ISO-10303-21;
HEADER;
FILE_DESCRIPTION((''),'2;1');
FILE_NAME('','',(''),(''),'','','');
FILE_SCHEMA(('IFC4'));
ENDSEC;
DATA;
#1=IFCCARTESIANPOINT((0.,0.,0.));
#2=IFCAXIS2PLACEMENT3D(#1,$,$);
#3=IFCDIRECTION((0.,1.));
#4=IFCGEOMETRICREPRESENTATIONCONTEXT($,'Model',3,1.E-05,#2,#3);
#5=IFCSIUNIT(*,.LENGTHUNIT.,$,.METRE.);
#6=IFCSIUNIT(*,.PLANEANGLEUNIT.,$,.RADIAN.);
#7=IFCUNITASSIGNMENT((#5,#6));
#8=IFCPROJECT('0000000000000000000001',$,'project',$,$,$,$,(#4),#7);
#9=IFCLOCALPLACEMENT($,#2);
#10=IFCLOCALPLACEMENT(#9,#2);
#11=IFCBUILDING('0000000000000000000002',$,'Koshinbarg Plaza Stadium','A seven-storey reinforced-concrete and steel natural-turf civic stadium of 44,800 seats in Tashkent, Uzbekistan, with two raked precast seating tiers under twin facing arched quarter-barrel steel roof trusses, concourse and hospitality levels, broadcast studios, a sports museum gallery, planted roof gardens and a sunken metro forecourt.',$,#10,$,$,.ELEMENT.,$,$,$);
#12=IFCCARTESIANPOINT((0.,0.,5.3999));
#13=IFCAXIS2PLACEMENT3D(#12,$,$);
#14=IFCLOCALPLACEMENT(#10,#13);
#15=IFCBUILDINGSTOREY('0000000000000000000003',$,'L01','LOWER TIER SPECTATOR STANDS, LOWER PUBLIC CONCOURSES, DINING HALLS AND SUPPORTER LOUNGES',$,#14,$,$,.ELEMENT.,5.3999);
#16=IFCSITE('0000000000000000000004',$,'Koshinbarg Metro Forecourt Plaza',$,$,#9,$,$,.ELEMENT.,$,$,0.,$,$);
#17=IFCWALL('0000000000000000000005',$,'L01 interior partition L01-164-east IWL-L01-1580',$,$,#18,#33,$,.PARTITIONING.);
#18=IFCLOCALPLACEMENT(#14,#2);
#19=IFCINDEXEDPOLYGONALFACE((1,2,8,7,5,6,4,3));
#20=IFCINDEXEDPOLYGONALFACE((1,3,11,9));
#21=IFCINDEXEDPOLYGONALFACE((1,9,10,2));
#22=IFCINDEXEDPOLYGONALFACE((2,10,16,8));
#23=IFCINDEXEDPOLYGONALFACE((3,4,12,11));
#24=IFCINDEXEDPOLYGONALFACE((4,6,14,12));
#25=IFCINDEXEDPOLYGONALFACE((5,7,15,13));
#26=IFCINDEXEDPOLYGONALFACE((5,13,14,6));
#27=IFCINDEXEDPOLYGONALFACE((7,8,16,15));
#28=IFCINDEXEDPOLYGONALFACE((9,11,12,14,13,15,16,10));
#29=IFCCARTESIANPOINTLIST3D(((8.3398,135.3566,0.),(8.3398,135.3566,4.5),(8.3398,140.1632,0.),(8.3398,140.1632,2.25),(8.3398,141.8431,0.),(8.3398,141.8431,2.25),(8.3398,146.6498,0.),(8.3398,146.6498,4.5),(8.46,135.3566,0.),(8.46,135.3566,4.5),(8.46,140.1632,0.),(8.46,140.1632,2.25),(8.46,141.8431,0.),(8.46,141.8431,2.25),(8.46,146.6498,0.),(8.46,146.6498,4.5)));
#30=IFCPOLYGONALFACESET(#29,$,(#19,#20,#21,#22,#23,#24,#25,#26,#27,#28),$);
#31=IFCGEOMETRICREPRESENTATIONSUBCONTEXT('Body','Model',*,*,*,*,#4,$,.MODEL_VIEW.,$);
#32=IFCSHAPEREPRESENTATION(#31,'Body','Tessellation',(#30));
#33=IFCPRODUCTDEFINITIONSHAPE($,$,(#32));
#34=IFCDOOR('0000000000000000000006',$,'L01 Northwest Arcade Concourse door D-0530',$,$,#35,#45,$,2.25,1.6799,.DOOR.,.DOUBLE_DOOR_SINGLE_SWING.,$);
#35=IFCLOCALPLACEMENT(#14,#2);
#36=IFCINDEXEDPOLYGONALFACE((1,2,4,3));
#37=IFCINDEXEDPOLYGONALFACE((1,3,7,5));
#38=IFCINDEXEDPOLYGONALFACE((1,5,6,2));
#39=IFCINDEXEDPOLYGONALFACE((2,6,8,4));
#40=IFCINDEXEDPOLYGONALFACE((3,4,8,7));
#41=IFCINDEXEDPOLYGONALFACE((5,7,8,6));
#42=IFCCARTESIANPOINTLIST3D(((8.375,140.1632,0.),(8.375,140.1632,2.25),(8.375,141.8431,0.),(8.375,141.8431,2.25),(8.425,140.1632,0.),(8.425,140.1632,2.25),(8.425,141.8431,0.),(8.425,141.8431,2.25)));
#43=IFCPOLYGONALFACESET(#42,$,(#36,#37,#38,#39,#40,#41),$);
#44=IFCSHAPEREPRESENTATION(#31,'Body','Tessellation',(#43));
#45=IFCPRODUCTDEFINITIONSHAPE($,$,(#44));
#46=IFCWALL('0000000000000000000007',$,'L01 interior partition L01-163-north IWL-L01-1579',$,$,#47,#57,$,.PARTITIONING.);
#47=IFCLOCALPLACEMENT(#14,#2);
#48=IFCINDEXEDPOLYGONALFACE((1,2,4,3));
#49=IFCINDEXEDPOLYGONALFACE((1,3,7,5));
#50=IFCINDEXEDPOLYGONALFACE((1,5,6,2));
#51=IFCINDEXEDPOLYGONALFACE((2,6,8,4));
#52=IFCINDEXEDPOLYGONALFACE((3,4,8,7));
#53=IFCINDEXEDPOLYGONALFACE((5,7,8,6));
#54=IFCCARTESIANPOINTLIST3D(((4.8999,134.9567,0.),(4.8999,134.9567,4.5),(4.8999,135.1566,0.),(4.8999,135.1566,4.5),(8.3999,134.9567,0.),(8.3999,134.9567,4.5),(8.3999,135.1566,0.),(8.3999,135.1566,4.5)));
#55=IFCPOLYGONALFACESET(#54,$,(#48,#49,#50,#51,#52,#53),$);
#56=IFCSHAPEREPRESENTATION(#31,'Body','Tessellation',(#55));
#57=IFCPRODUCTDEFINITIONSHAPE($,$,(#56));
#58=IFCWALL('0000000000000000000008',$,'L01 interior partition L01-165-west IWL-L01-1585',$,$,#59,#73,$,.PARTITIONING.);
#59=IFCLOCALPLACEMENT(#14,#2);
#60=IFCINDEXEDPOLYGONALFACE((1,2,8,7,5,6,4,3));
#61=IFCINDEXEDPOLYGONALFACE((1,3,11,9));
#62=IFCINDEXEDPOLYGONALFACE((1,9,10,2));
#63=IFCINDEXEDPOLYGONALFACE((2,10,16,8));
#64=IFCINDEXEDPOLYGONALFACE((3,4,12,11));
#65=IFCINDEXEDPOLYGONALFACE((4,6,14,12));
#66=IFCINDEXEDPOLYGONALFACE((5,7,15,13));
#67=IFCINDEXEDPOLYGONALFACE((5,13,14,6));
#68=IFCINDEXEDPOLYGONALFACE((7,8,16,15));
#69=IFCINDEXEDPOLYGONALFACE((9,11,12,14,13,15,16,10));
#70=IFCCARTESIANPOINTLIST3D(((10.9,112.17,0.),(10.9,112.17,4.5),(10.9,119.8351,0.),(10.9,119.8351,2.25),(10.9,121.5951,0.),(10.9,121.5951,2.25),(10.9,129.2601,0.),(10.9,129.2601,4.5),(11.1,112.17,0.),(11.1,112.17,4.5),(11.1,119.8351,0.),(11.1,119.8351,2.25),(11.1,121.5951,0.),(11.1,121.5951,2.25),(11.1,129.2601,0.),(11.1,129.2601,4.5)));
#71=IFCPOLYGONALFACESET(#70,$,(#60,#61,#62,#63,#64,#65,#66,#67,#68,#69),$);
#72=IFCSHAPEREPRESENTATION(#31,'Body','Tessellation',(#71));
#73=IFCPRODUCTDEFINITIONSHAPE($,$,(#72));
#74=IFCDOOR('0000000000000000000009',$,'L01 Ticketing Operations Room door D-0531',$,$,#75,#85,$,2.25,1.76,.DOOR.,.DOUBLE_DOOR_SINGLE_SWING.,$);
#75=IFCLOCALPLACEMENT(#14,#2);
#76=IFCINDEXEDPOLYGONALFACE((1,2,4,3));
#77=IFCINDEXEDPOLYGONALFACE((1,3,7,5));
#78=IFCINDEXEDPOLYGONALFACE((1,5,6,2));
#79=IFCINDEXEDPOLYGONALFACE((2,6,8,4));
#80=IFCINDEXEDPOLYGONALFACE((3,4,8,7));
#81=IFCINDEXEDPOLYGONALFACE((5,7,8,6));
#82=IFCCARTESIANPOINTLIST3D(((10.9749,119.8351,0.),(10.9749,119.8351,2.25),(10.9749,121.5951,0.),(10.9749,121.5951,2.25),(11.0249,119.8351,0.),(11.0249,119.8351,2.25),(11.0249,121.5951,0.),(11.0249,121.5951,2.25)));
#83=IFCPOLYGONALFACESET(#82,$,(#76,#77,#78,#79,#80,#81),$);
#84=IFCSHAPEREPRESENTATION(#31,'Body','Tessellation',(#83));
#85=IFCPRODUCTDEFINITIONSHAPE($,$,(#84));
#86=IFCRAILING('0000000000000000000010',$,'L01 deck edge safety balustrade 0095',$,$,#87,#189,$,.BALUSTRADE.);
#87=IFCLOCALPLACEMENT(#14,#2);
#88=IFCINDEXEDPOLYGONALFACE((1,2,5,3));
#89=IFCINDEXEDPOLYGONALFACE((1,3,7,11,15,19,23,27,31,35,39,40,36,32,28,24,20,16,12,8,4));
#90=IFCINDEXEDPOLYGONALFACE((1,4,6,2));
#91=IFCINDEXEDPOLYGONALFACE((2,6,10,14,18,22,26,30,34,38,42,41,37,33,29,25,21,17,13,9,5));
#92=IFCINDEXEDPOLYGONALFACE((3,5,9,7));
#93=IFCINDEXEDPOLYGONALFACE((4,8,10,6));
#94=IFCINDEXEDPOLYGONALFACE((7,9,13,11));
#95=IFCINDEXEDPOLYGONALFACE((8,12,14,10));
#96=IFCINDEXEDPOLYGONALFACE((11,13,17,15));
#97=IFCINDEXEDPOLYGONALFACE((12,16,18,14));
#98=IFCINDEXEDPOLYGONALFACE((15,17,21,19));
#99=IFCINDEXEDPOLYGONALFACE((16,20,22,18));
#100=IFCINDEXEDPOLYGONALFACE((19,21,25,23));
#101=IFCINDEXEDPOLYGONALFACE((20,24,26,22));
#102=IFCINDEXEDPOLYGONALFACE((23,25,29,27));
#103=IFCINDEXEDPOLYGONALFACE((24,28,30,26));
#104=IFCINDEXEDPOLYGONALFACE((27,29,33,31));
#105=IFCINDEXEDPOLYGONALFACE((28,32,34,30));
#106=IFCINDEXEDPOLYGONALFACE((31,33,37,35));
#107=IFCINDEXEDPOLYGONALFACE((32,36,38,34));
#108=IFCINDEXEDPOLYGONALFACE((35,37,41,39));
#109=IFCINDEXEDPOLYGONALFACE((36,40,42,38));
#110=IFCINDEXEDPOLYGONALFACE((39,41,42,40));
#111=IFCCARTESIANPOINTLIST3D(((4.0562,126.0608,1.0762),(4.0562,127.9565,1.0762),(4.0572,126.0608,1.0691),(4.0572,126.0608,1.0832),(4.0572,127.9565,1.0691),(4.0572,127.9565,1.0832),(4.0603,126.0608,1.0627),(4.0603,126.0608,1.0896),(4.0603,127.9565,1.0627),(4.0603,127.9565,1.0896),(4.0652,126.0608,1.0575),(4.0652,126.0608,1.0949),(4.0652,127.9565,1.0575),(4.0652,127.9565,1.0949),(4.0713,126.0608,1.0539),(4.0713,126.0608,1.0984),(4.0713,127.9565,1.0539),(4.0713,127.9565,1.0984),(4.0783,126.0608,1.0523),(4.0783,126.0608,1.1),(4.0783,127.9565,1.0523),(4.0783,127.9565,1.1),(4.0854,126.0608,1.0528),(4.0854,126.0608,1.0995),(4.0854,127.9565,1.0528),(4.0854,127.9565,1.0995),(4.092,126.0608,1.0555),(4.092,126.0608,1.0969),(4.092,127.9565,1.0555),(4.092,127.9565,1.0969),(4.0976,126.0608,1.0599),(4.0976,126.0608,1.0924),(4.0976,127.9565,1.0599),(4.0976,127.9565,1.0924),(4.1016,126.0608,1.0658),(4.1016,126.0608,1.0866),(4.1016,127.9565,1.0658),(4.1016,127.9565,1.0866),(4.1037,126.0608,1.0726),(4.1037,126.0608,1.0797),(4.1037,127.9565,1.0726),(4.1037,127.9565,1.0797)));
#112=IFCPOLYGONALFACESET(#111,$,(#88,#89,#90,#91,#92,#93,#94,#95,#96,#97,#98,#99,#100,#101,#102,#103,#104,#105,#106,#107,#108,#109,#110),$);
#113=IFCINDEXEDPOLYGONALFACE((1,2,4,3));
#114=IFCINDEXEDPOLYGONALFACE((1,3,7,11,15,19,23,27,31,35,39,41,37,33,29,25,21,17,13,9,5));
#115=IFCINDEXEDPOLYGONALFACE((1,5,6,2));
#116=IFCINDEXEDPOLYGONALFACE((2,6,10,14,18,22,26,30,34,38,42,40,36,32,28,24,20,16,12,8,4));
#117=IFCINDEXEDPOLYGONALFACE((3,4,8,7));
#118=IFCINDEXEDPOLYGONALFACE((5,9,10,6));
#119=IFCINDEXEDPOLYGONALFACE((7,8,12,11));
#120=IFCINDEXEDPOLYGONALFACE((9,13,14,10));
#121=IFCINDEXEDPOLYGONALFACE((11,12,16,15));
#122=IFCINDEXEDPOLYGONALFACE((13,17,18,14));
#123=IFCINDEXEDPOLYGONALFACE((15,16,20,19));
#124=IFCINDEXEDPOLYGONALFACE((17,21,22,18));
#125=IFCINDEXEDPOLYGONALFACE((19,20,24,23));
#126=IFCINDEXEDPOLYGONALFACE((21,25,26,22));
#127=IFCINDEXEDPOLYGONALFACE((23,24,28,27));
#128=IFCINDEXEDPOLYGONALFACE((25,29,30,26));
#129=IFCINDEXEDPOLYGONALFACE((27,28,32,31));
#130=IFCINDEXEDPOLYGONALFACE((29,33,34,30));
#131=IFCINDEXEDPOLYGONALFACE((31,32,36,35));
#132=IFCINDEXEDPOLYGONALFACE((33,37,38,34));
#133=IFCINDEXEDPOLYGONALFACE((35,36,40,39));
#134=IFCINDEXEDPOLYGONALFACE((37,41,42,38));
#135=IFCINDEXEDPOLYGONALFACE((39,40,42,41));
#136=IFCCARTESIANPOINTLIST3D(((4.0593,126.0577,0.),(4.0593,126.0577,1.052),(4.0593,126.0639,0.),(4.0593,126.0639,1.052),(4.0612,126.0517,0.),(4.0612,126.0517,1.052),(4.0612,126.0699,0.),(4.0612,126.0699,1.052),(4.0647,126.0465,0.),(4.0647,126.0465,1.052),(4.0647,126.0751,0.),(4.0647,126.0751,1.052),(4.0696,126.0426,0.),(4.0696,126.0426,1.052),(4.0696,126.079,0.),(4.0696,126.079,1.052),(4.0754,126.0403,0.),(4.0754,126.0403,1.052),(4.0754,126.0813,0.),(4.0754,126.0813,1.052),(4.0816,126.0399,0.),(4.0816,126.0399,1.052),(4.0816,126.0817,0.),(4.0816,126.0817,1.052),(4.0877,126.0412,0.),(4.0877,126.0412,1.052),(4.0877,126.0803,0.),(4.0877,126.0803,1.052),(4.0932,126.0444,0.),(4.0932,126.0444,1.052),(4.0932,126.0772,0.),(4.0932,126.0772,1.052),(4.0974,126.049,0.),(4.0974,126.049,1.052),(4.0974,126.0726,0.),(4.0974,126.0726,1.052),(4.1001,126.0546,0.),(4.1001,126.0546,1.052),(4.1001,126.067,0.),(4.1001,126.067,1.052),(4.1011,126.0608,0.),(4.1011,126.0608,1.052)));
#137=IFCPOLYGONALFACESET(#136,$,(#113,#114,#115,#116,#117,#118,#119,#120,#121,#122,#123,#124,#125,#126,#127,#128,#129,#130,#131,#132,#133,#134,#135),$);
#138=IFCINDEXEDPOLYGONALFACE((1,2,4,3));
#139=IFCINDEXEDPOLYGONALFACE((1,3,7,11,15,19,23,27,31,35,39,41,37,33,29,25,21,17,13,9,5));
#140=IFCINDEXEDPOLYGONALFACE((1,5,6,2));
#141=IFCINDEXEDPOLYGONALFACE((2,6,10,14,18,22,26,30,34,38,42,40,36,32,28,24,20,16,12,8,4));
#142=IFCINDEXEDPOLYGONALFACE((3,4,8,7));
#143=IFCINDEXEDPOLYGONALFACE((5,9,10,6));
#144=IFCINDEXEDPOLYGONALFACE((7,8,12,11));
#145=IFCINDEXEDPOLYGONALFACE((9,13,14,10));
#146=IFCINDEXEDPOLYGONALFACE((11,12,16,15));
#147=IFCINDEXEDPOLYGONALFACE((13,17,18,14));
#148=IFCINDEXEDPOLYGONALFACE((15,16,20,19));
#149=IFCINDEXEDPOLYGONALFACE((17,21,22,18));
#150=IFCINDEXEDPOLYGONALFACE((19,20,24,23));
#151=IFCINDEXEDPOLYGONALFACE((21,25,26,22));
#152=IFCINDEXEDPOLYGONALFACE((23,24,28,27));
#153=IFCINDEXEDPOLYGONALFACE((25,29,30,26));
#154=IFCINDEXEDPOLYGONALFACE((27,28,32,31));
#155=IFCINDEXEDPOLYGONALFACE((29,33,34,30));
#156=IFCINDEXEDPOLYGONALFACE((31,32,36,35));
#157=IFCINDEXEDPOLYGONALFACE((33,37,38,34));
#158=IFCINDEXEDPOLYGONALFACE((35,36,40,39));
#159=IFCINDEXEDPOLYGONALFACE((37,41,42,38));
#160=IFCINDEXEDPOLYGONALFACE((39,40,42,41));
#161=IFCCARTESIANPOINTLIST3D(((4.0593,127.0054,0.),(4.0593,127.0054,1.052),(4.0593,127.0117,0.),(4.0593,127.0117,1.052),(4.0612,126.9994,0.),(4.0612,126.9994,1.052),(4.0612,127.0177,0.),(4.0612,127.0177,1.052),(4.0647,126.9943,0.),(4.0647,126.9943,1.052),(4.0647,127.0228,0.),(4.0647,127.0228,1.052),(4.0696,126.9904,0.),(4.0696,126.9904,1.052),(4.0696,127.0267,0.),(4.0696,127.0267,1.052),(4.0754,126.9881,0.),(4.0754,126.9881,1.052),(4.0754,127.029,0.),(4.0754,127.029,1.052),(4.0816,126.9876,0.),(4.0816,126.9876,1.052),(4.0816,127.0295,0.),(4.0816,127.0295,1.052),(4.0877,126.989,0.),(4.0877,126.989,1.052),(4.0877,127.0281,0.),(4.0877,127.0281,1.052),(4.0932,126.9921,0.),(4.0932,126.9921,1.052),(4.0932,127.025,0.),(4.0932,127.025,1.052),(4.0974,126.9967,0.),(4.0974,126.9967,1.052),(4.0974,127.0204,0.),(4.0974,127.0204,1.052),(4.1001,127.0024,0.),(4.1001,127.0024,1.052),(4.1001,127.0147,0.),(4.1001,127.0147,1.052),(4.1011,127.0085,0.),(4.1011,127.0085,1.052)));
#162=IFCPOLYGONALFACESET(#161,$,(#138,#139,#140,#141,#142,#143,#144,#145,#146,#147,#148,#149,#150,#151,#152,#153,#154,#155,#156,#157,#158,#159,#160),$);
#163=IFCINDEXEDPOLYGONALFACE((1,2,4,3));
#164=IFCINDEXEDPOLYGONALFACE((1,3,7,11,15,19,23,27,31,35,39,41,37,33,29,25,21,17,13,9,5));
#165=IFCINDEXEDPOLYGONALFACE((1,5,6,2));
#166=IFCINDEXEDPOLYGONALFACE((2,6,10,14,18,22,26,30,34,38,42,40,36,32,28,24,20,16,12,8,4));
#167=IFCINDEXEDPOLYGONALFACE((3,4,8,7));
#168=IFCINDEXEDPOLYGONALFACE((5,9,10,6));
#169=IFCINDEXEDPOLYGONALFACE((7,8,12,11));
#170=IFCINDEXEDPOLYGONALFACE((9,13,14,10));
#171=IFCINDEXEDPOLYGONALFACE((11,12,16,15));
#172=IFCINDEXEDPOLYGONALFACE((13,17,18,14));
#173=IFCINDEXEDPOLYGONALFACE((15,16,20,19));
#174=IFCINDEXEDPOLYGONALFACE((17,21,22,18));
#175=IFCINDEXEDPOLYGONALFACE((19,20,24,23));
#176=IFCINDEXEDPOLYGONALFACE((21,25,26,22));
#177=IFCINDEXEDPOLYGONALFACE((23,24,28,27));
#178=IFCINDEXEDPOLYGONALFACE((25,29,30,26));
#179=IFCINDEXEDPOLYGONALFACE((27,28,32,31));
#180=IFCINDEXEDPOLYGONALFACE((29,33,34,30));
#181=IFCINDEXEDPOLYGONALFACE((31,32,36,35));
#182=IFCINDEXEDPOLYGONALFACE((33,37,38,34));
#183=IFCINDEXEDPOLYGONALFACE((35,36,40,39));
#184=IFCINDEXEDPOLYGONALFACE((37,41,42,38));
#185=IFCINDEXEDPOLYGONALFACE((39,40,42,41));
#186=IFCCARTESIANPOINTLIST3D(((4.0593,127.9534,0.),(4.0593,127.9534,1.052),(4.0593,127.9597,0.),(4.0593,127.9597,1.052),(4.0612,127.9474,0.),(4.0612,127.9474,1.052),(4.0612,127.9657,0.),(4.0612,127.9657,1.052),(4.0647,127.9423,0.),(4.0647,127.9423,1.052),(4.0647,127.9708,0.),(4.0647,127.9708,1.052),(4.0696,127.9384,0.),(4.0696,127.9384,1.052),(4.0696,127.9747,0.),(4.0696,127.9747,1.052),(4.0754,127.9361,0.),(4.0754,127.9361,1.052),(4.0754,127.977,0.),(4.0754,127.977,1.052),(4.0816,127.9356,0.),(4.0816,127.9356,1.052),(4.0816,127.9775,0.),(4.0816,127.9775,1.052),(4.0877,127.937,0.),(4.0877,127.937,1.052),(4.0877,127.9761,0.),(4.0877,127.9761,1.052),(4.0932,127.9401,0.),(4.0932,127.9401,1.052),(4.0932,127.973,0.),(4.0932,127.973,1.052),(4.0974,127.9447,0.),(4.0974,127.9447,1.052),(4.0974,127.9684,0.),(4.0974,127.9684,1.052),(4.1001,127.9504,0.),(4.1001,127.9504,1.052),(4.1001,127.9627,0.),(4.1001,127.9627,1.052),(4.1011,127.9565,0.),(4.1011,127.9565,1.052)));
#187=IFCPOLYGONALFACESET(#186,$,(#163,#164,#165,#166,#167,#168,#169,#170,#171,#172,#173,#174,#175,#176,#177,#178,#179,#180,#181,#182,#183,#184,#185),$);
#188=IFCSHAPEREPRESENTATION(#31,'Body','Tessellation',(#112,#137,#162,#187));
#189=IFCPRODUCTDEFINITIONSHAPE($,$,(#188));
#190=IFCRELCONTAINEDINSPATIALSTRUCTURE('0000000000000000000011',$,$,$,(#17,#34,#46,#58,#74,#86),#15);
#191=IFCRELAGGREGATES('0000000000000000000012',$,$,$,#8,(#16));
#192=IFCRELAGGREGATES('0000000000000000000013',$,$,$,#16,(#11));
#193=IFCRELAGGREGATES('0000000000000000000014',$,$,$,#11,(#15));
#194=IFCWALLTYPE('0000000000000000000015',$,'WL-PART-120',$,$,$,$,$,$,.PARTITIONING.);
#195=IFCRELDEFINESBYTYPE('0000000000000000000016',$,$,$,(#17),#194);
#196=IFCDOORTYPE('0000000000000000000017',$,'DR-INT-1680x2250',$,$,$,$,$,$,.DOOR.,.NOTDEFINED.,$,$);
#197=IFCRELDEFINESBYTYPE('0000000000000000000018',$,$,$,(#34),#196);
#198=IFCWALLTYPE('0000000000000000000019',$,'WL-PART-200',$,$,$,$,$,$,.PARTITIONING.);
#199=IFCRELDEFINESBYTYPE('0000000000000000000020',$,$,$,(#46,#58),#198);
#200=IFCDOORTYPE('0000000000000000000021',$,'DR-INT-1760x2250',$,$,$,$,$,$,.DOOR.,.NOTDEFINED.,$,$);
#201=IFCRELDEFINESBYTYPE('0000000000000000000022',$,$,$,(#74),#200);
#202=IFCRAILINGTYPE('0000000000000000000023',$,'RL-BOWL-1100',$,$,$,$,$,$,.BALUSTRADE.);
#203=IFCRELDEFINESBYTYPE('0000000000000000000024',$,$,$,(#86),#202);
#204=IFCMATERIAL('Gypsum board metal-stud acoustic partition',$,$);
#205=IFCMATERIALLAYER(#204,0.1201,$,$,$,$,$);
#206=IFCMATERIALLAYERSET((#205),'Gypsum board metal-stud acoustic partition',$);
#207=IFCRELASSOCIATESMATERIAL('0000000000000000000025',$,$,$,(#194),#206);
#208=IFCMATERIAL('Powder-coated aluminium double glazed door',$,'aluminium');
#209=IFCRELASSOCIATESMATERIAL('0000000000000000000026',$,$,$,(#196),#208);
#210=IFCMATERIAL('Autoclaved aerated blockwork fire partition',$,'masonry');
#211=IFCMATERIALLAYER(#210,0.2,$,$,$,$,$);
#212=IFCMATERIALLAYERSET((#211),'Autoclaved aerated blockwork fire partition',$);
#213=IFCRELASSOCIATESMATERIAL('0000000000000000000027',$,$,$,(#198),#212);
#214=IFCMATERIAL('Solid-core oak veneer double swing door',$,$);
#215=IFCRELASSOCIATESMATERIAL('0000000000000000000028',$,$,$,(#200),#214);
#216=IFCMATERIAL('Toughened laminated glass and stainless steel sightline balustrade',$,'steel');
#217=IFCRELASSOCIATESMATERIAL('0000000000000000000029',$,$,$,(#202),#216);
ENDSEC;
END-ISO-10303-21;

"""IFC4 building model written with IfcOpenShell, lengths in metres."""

from ifc_helpers import new_model, si_unit, direction, frame, frame_2d, origin, origin_2d, place, context, subcontext, project, spatial, rectangle, circle, extrude, material, layer, layer_set, type_object, element, fill, save


model = new_model("IFC4")

# Units and contexts
model_context = context("Model", 3, precision=1e-05, world=origin(), true_north=direction((0.0, 1.0)))
body_context = subcontext(model_context, "Body", "Model", "MODEL_VIEW")
ifc_project = project(units=[si_unit("LENGTHUNIT", "METRE"), si_unit("PLANEANGLEUNIT", "RADIAN")], contexts=[model_context])

# Site, building, storey
site_placement = place(None, origin())
site = spatial("IfcSite", under=ifc_project, at=site_placement, Name="Koshinbarg Metro Forecourt Plaza", CompositionType="ELEMENT", RefElevation=0.0)
building_placement = place(site_placement, origin())
building = spatial("IfcBuilding", under=site, at=building_placement, Name="Koshinbarg Plaza Stadium", Description="A seven-storey reinforced-concrete and steel natural-turf civic stadium of 44,800 seats in Tashkent, Uzbekistan, with two raked precast seating tiers under twin facing arched quarter-barrel steel roof trusses, concourse and hospitality levels, broadcast studios, a sports museum gallery, planted roof gardens and a sunken metro forecourt.", CompositionType="ELEMENT")
storey_placement = place(building_placement, frame((0.0, 0.0, 5.3999)))
storey = spatial("IfcBuildingStorey", under=building, at=storey_placement, Name="L01", Description="LOWER TIER SPECTATOR STANDS, LOWER PUBLIC CONCOURSES, DINING HALLS AND SUPPORTER LOUNGES", CompositionType="ELEMENT", Elevation=5.3999)

# Wall, opening, door
ifc_material_1 = material(Name="Gypsum board metal-stud acoustic partition")
ifc_layer_1 = layer(ifc_material_1, 0.1201)
ifc_layer_set_1 = layer_set([ifc_layer_1], Name="Gypsum board metal-stud acoustic partition")
wall_type_1 = type_object("IfcWallType", Name="WL-PART-120", PredefinedType="PARTITIONING", material=ifc_layer_set_1)
wall_1_placement = place(storey_placement, frame((8.3999, 135.3567, 0.0), z_axis=(0.0, 0.0, 1.0), x_axis=(0.0, 1.0, 0.0)))
wall_1 = element("IfcWall", 1, at=wall_1_placement, inside=storey, type_object=wall_type_1, Name="L01 interior partition L01-164-east IWL-L01-1580", PredefinedType="PARTITIONING", context=body_context, shape_type="SweptSolid", body=[
    extrude(rectangle(XDim=11.2932, YDim=0.1201, at=frame_2d((5.6465, 0.0))), origin(), (0.0, 0.0, 1.0), 4.5),
])
opening_1_placement = place(wall_1_placement, frame((4.8066, 0.0, 0.0)))
opening_1 = element("IfcOpeningElement", 2, at=opening_1_placement, cuts=wall_1, PredefinedType="OPENING", context=body_context, shape_type="SweptSolid", body=[
    extrude(rectangle(XDim=1.6799, YDim=2.25, at=frame_2d((0.8398, 1.125))), frame((0.0, 0.0701, 0.0), z_axis=(0.0, -1.0, 0.0), x_axis=(1.0, 0.0, 0.0)), (0.0, 0.0, 1.0), 0.1401),
])
ifc_material_2 = material(Name="Powder-coated aluminium double glazed door", Category="aluminium")
door_type_1 = type_object("IfcDoorType", Name="DR-INT-1680x2250", OperationType="NOTDEFINED", PredefinedType="DOOR", material=ifc_material_2)
door_1_placement = place(opening_1_placement, origin())
door_1 = element("IfcDoor", 3, at=door_1_placement, inside=storey, type_object=door_type_1, Name="L01 Northwest Arcade Concourse door D-0530", OperationType="DOUBLE_DOOR_SINGLE_SWING", OverallHeight=2.25, OverallWidth=1.6799, PredefinedType="DOOR", context=body_context, shape_type="SweptSolid", body=[
    extrude(rectangle(XDim=1.6799, YDim=2.25, at=frame_2d((0.8398, 1.125))), frame((0.0, 0.0249, 0.0), z_axis=(0.0, -1.0, 0.0), x_axis=(1.0, 0.0, 0.0)), (0.0, 0.0, 1.0), 0.05),
])
fill(opening_1, door_1)

# Wall
ifc_material_3 = material(Name="Autoclaved aerated blockwork fire partition", Category="masonry")
ifc_layer_2 = layer(ifc_material_3, 0.2)
ifc_layer_set_2 = layer_set([ifc_layer_2], Name="Autoclaved aerated blockwork fire partition")
wall_type_2 = type_object("IfcWallType", Name="WL-PART-200", PredefinedType="PARTITIONING", material=ifc_layer_set_2)
wall_2_placement = place(storey_placement, frame((8.3999, 135.0566, 0.0), z_axis=(0.0, 0.0, 1.0), x_axis=(-1.0, 0.0, 0.0)))
element("IfcWall", 4, at=wall_2_placement, inside=storey, type_object=wall_type_2, Name="L01 interior partition L01-163-north IWL-L01-1579", PredefinedType="PARTITIONING", context=body_context, shape_type="SweptSolid", body=[
    extrude(rectangle(XDim=3.5, YDim=0.2, at=frame_2d((1.75, 0.0))), origin(), (0.0, 0.0, 1.0), 4.5),
])

# Wall, opening, door
wall_3_placement = place(storey_placement, frame((11.0, 129.26, 0.0), z_axis=(0.0, 0.0, 1.0), x_axis=(0.0, -1.0, 0.0)))
wall_3 = element("IfcWall", 5, at=wall_3_placement, inside=storey, type_object=wall_type_2, Name="L01 interior partition L01-165-west IWL-L01-1585", PredefinedType="PARTITIONING", context=body_context, shape_type="SweptSolid", body=[
    extrude(rectangle(XDim=17.0901, YDim=0.2, at=frame_2d((8.5449, 0.0))), origin(), (0.0, 0.0, 1.0), 4.5),
])
opening_2_placement = place(wall_3_placement, frame((7.665, 0.0, 0.0)))
opening_2 = element("IfcOpeningElement", 6, at=opening_2_placement, cuts=wall_3, PredefinedType="OPENING", context=body_context, shape_type="SweptSolid", body=[
    extrude(rectangle(XDim=1.76, YDim=2.25, at=frame_2d((0.8799, 1.125))), frame((0.0, 0.1099, 0.0), z_axis=(0.0, -1.0, 0.0), x_axis=(1.0, 0.0, 0.0)), (0.0, 0.0, 1.0), 0.22),
])
ifc_material_4 = material(Name="Solid-core oak veneer double swing door")
door_type_2 = type_object("IfcDoorType", Name="DR-INT-1760x2250", OperationType="NOTDEFINED", PredefinedType="DOOR", material=ifc_material_4)
door_2_placement = place(opening_2_placement, origin())
door_2 = element("IfcDoor", 7, at=door_2_placement, inside=storey, type_object=door_type_2, Name="L01 Ticketing Operations Room door D-0531", OperationType="DOUBLE_DOOR_SINGLE_SWING", OverallHeight=2.25, OverallWidth=1.76, PredefinedType="DOOR", context=body_context, shape_type="SweptSolid", body=[
    extrude(rectangle(XDim=1.76, YDim=2.25, at=frame_2d((0.8799, 1.125))), frame((0.0, 0.0249, 0.0), z_axis=(0.0, -1.0, 0.0), x_axis=(1.0, 0.0, 0.0)), (0.0, 0.0, 1.0), 0.05),
])
fill(opening_2, door_2)

# Railing
ifc_material_5 = material(Name="Toughened laminated glass and stainless steel sightline balustrade", Category="steel")
railing_type = type_object("IfcRailingType", Name="RL-BOWL-1100", PredefinedType="BALUSTRADE", material=ifc_material_5)
railing_1_placement = place(storey_placement, frame((4.0801, 126.0608, 0.0)))
element("IfcRailing", 8, at=railing_1_placement, inside=storey, type_object=railing_type, Name="L01 deck edge safety balustrade 0095", PredefinedType="BALUSTRADE", context=body_context, shape_type="SweptSolid", body=[
    extrude(circle(Radius=0.0239, at=origin_2d()), frame((0.0, 0.0, 1.0762), z_axis=(0.0, 1.0, 0.0), x_axis=(-1.0, 0.0, 0.0)), (0.0, 0.0, 1.0), 1.8958),
    extrude(circle(Radius=0.021, at=origin_2d()), origin(), (0.0, 0.0, 1.0), 1.052),
    extrude(circle(Radius=0.021, at=origin_2d()), frame((0.0, 0.9478, 0.0)), (0.0, 0.0, 1.0), 1.052),
    extrude(circle(Radius=0.021, at=origin_2d()), frame((0.0, 1.8958, 0.0)), (0.0, 0.0, 1.0), 1.052),
])

save(model, "model.ifc")
